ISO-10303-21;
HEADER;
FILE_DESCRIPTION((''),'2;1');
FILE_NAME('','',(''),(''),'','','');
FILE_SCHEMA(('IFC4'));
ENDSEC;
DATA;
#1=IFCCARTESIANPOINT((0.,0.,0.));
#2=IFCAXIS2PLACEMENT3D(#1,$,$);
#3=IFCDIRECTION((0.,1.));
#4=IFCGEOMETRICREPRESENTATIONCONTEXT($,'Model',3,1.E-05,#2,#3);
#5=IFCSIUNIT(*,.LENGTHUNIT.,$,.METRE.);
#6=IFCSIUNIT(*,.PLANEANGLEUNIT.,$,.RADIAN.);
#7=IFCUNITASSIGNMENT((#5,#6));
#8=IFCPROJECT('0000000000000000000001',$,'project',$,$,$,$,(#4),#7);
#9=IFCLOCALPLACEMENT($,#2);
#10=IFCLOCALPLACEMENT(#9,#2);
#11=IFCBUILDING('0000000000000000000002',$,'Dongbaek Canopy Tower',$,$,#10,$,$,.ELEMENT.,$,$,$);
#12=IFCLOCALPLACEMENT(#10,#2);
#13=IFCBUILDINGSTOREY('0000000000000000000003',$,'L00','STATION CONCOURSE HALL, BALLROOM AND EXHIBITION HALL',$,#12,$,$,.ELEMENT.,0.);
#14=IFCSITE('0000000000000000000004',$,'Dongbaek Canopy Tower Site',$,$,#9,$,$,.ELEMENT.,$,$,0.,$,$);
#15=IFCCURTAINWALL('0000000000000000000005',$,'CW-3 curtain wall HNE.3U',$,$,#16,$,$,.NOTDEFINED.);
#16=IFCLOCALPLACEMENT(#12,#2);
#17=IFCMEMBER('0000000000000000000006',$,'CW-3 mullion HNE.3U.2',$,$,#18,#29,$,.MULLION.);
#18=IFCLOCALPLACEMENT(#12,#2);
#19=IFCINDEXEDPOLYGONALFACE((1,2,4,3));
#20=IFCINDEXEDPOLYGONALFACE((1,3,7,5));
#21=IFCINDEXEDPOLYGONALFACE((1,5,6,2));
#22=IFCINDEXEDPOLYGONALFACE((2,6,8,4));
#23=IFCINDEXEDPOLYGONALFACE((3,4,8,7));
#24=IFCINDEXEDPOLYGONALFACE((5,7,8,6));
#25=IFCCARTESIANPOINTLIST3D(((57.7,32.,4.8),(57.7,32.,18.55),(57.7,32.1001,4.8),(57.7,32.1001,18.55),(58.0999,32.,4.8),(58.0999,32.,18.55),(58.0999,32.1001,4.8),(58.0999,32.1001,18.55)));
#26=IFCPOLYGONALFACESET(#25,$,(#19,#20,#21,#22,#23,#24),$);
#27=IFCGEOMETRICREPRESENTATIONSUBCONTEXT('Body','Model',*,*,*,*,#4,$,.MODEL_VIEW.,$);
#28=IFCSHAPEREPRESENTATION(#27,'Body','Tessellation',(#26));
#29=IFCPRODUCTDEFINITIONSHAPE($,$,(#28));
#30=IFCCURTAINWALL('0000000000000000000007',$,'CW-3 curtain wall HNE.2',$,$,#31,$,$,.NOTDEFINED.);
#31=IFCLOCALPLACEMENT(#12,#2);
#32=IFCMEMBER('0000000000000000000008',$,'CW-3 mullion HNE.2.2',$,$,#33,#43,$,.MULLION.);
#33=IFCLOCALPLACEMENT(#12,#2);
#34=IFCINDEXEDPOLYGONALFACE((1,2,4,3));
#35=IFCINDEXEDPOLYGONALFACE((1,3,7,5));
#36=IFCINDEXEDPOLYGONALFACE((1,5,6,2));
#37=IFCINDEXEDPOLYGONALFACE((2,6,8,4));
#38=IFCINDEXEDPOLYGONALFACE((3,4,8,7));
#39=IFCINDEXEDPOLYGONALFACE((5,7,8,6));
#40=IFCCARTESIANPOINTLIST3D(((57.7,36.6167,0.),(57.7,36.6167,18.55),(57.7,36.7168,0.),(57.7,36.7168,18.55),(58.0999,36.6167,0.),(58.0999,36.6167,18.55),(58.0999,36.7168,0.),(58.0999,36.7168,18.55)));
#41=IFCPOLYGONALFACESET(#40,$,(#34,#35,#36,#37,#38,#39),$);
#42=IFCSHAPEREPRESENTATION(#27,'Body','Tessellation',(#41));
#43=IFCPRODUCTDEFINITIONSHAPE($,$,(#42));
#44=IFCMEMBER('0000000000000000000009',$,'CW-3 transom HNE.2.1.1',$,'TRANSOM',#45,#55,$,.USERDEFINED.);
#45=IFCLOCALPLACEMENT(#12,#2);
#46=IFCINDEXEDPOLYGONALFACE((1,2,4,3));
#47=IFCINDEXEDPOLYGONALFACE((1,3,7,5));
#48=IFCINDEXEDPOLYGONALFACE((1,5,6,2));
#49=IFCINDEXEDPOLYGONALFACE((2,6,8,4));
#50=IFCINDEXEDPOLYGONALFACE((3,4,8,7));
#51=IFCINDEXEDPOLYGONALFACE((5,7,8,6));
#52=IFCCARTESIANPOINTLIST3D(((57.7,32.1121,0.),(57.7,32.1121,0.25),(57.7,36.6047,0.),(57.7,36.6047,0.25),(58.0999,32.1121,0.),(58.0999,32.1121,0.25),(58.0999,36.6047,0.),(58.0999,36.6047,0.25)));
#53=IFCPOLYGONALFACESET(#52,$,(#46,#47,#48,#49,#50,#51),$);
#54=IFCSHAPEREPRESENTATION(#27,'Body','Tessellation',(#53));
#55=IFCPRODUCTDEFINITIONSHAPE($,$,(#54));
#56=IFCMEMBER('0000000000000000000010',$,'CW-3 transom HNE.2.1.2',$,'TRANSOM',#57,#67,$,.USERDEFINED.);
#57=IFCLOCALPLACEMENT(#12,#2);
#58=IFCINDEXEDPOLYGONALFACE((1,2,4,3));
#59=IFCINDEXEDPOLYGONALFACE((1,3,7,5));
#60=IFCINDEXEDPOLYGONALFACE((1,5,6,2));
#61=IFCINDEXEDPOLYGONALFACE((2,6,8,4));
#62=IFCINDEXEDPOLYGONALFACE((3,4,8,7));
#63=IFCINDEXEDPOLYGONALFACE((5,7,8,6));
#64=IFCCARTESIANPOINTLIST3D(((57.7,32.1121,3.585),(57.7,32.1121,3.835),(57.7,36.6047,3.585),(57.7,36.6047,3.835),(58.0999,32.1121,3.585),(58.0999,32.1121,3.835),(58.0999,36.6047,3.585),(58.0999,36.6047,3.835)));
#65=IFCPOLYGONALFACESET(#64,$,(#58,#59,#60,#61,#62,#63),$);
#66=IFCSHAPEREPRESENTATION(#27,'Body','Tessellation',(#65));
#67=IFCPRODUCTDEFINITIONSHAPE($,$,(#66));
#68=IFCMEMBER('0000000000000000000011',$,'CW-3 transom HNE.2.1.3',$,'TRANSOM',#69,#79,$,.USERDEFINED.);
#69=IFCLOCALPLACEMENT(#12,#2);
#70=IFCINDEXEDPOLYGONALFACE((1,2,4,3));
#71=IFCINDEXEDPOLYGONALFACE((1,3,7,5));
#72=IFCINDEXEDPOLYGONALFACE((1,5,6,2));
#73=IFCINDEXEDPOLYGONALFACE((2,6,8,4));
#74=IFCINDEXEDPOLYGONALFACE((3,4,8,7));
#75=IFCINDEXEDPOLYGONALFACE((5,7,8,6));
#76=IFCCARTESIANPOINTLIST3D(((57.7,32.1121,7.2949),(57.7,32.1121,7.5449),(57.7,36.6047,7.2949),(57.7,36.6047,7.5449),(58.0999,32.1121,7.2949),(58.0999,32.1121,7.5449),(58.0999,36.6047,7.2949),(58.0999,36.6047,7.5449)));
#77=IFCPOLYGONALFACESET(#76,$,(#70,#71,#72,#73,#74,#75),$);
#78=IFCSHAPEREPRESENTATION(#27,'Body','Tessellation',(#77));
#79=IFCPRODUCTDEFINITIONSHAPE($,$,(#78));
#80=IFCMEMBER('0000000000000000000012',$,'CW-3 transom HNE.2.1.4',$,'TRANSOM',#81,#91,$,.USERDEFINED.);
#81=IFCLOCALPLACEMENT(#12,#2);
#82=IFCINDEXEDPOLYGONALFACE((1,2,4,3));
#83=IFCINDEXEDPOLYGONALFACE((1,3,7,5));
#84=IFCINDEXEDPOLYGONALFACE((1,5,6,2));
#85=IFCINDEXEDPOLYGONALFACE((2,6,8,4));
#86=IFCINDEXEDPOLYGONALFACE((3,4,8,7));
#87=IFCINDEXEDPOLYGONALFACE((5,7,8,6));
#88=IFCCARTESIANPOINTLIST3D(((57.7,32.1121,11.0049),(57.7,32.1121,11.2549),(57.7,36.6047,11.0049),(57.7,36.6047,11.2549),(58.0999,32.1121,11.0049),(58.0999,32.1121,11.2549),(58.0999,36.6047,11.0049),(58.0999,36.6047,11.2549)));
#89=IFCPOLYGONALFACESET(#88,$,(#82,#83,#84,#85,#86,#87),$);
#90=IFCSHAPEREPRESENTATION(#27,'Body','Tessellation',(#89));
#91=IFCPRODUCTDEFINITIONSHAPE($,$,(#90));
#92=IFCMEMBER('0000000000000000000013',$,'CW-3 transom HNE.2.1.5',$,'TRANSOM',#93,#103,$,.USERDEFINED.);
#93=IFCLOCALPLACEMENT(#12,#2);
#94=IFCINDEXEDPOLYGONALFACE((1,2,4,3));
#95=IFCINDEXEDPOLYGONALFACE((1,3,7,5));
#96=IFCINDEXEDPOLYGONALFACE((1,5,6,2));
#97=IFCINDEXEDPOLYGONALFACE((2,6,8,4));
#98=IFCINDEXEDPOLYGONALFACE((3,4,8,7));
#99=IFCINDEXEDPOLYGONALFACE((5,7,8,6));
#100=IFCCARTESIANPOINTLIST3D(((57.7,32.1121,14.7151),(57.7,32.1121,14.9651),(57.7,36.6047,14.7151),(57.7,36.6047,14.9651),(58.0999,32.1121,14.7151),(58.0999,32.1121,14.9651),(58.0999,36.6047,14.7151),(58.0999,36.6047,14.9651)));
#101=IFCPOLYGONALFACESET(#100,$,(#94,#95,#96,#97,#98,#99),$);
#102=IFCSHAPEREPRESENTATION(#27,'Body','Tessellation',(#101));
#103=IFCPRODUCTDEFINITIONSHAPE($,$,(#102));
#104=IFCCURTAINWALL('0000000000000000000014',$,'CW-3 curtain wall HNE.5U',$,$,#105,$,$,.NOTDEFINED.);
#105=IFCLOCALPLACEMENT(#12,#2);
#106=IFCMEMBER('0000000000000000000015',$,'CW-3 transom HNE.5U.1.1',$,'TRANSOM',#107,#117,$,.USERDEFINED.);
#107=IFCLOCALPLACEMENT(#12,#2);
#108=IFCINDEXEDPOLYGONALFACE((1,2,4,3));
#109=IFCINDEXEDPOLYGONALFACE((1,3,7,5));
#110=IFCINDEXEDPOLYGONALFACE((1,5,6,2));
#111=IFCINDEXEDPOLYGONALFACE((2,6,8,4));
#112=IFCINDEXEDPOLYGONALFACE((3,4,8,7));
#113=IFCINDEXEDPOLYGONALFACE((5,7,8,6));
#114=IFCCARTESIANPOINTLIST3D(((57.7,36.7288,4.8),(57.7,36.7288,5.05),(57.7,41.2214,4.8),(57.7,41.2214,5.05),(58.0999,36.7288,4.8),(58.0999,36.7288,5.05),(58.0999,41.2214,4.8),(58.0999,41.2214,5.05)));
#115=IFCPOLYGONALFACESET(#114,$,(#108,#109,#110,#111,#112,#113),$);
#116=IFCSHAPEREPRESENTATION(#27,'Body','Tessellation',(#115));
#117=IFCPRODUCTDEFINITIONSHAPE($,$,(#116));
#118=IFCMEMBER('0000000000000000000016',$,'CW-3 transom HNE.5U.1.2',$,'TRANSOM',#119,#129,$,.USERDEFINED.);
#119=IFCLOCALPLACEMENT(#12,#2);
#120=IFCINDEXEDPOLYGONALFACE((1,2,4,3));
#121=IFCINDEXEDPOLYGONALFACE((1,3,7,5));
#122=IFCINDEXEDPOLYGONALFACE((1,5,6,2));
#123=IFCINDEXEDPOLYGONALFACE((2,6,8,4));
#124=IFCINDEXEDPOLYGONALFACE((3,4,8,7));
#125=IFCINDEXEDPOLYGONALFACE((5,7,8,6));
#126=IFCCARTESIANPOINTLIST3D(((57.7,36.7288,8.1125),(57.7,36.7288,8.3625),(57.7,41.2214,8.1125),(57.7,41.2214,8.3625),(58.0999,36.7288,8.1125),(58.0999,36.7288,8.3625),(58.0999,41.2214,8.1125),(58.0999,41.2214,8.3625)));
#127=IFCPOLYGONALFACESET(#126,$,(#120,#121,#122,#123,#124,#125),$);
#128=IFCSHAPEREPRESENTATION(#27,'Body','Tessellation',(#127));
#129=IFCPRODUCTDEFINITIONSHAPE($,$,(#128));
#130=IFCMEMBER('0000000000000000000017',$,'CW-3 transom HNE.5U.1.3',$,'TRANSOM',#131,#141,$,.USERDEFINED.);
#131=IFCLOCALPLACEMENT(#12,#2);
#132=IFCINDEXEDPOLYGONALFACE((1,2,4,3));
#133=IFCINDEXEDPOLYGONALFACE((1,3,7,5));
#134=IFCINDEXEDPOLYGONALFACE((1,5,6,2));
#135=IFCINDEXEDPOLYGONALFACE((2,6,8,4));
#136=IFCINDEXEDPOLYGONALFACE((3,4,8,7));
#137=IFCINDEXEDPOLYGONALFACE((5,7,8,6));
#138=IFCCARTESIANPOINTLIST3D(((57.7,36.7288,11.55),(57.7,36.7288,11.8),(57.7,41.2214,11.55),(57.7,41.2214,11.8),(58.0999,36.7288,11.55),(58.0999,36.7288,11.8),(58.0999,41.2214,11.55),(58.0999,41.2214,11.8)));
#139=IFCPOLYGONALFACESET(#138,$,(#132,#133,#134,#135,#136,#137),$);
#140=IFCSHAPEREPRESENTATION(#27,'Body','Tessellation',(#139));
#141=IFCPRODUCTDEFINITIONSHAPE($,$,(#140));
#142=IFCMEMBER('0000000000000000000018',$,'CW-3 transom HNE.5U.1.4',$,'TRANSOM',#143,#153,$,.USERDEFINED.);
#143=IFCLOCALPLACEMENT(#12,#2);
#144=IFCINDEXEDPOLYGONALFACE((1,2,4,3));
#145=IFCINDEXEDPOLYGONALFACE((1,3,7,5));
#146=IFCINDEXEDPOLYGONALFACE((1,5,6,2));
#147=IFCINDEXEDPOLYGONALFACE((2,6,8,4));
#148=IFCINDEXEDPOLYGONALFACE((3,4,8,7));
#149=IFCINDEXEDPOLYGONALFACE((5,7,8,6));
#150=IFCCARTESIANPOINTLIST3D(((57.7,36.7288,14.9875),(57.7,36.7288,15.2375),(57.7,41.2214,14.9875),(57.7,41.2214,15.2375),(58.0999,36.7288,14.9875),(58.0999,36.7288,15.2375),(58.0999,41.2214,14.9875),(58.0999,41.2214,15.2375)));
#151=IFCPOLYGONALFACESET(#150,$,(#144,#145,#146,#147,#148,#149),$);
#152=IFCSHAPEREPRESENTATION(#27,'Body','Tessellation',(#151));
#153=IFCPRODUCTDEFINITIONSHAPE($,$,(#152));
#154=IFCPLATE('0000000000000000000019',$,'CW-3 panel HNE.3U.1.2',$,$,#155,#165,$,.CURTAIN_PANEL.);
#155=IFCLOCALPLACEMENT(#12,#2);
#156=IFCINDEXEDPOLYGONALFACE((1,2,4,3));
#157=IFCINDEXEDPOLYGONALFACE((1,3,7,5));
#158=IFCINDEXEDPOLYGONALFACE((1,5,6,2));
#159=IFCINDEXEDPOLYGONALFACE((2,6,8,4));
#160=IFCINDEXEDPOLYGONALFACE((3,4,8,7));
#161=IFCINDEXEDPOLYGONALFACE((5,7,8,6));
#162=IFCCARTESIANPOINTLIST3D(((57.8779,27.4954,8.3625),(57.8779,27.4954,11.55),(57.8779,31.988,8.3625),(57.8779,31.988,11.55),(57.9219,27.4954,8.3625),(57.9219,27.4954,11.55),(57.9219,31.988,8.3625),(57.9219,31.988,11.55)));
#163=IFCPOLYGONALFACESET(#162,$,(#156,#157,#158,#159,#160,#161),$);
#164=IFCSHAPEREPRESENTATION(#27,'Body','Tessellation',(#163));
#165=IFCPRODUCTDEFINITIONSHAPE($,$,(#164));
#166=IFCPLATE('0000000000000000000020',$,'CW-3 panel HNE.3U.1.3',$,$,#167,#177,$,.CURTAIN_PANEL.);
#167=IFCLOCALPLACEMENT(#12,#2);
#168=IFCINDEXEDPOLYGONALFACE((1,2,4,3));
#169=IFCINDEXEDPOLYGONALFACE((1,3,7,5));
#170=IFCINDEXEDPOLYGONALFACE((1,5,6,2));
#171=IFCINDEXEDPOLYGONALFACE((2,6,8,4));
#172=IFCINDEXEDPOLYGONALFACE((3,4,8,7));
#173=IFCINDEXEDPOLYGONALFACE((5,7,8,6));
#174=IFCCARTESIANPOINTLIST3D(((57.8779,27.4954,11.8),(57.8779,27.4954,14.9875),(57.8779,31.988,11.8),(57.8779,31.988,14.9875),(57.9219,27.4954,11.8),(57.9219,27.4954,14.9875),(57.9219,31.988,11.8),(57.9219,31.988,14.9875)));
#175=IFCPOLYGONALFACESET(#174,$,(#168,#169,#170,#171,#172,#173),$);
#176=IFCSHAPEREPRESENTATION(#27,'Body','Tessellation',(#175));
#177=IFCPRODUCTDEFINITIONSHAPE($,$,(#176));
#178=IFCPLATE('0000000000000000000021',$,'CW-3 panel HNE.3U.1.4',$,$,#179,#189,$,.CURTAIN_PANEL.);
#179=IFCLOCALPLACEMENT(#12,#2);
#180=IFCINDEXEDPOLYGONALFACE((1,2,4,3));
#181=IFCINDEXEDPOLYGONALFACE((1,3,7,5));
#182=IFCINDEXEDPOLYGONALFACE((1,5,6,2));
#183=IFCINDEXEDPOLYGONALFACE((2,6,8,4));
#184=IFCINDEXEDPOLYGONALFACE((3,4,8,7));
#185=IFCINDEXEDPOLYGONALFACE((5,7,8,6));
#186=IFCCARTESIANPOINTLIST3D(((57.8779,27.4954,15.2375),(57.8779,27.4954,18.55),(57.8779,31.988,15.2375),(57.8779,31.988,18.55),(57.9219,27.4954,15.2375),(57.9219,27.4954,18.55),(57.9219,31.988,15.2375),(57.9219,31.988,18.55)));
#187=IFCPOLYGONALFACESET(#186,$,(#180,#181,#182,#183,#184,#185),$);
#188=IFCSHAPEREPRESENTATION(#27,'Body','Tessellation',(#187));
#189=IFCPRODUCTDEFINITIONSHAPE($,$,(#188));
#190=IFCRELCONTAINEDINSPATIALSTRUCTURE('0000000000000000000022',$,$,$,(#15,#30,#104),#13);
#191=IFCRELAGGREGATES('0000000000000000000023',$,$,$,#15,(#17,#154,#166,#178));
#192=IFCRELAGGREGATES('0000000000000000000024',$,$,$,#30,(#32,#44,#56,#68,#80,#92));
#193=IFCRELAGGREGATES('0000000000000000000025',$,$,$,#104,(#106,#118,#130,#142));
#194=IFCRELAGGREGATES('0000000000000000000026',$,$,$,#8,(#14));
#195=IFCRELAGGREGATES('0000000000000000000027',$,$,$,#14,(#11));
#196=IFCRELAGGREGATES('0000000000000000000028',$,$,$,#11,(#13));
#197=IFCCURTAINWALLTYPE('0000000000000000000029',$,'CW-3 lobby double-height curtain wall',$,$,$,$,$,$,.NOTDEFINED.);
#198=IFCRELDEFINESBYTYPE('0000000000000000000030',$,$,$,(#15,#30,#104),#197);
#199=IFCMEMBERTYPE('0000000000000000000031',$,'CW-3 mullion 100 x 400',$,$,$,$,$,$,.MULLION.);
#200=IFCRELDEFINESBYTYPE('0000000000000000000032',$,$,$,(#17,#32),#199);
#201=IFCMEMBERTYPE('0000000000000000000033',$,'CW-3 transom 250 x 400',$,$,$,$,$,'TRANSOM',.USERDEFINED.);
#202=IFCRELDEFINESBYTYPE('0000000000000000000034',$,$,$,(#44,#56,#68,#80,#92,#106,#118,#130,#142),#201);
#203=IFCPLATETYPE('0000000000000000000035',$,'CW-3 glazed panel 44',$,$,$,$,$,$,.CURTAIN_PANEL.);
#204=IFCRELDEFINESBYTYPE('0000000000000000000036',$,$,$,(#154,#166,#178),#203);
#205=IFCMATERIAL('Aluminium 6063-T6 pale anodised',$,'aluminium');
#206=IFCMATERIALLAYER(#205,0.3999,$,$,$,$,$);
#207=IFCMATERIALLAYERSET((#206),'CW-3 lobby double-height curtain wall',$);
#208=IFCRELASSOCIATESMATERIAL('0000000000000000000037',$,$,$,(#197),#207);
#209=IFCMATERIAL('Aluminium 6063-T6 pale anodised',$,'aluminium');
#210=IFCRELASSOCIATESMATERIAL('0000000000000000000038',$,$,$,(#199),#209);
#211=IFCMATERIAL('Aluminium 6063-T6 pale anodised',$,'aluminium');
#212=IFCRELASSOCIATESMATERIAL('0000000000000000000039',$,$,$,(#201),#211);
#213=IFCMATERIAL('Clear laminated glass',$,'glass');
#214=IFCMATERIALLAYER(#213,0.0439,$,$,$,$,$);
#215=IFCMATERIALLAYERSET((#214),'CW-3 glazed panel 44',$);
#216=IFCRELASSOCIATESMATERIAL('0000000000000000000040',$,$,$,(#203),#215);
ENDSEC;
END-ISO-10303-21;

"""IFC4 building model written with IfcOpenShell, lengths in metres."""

from ifc_helpers import new_model, si_unit, direction, frame, origin, origin_2d, place, context, subcontext, project, spatial, rectangle, extrude, material, layer, layer_set, material_profile, profile_set, type_object, element, aggregate, save


model = new_model("IFC4")

# Units and contexts
model_context = context("Model", 3, precision=1e-05, world=origin(), true_north=direction((0.0, 1.0)))
body_context = subcontext(model_context, "Body", "Model", "MODEL_VIEW")
ifc_project = project(units=[si_unit("LENGTHUNIT", "METRE"), si_unit("PLANEANGLEUNIT", "RADIAN")], contexts=[model_context])

# Site, building, storey
site_placement = place(None, origin())
site = spatial("IfcSite", under=ifc_project, at=site_placement, Name="Dongbaek Canopy Tower Site", CompositionType="ELEMENT", RefElevation=0.0)
building_placement = place(site_placement, origin())
building = spatial("IfcBuilding", under=site, at=building_placement, Name="Dongbaek Canopy Tower", CompositionType="ELEMENT")
storey_placement = place(building_placement, origin())
storey = spatial("IfcBuildingStorey", under=building, at=storey_placement, Name="L00", Description="STATION CONCOURSE HALL, BALLROOM AND EXHIBITION HALL", CompositionType="ELEMENT", Elevation=0.0)

# Curtain wall, member
ifc_material_1 = material(Name="Aluminium 6063-T6 pale anodised", Category="aluminium")
ifc_layer_1 = layer(ifc_material_1, 0.3999)
ifc_layer_set_1 = layer_set([ifc_layer_1], Name="CW-3 lobby double-height curtain wall")
curtain_wall_type = type_object("IfcCurtainWallType", Name="CW-3 lobby double-height curtain wall", PredefinedType="NOTDEFINED", material=ifc_layer_set_1)
curtain_wall_1_placement = place(storey_placement, origin())
curtain_wall_1 = element("IfcCurtainWall", 1, at=curtain_wall_1_placement, inside=storey, type_object=curtain_wall_type, Name="CW-3 curtain wall HNE.3U", PredefinedType="NOTDEFINED")
ifc_material_2 = material(Name="Aluminium 6063-T6 pale anodised", Category="aluminium")
ifc_material_profile_1 = material_profile(ifc_material_2, rectangle(XDim=0.3999, YDim=0.1001, at=origin_2d()), Name="CW-3 mullion 100 x 400")
ifc_profile_set_1 = profile_set([ifc_material_profile_1], Name="Aluminium 6063-T6 pale anodised")
member_type_1 = type_object("IfcMemberType", Name="CW-3 mullion 100 x 400", PredefinedType="MULLION", material=ifc_profile_set_1)
member_1_placement = place(storey_placement, frame((57.8999, 32.05, 4.8), z_axis=(0.0, 0.0, 1.0), x_axis=(1.0, 0.0, 0.0)))
member_1 = element("IfcMember", 2, at=member_1_placement, type_object=member_type_1, Name="CW-3 mullion HNE.3U.2", PredefinedType="MULLION", context=body_context, shape_type="SweptSolid", body=[
    extrude(rectangle(XDim=0.3999, YDim=0.1001, at=origin_2d()), origin(), (0.0, 0.0, 1.0), 13.75),
])

# Curtain walls, members
curtain_wall_2_placement = place(storey_placement, origin())
curtain_wall_2 = element("IfcCurtainWall", 3, at=curtain_wall_2_placement, inside=storey, type_object=curtain_wall_type, Name="CW-3 curtain wall HNE.2", PredefinedType="NOTDEFINED")
member_2_placement = place(storey_placement, frame((57.8999, 36.6667, 0.0), z_axis=(0.0, 0.0, 1.0), x_axis=(1.0, 0.0, 0.0)))
member_2 = element("IfcMember", 4, at=member_2_placement, type_object=member_type_1, Name="CW-3 mullion HNE.2.2", PredefinedType="MULLION", context=body_context, shape_type="SweptSolid", body=[
    extrude(rectangle(XDim=0.3999, YDim=0.1001, at=origin_2d()), origin(), (0.0, 0.0, 1.0), 18.55),
])
ifc_material_3 = material(Name="Aluminium 6063-T6 pale anodised", Category="aluminium")
ifc_material_profile_2 = material_profile(ifc_material_3, rectangle(XDim=0.3999, YDim=0.25, at=origin_2d()), Name="CW-3 transom 250 x 400")
ifc_profile_set_2 = profile_set([ifc_material_profile_2], Name="Aluminium 6063-T6 pale anodised")
member_type_2 = type_object("IfcMemberType", Name="CW-3 transom 250 x 400", ElementType="TRANSOM", PredefinedType="USERDEFINED", material=ifc_profile_set_2)
member_3_placement = place(storey_placement, frame((57.8999, 32.1121, 0.125), z_axis=(0.0, 1.0, 0.0), x_axis=(-1.0, 0.0, 0.0)))
member_3 = element("IfcMember", 5, at=member_3_placement, type_object=member_type_2, Name="CW-3 transom HNE.2.1.1", ObjectType="TRANSOM", PredefinedType="USERDEFINED", context=body_context, shape_type="SweptSolid", body=[
    extrude(rectangle(XDim=0.3999, YDim=0.25, at=origin_2d()), origin(), (0.0, 0.0, 1.0), 4.4927),
])
member_4_placement = place(storey_placement, frame((57.8999, 32.1121, 3.71), z_axis=(0.0, 1.0, 0.0), x_axis=(-1.0, 0.0, 0.0)))
member_4 = element("IfcMember", 6, at=member_4_placement, type_object=member_type_2, Name="CW-3 transom HNE.2.1.2", ObjectType="TRANSOM", PredefinedType="USERDEFINED", context=body_context, shape_type="SweptSolid", body=[
    extrude(rectangle(XDim=0.3999, YDim=0.25, at=origin_2d()), origin(), (0.0, 0.0, 1.0), 4.4927),
])
member_5_placement = place(storey_placement, frame((57.8999, 32.1121, 7.4199), z_axis=(0.0, 1.0, 0.0), x_axis=(-1.0, 0.0, 0.0)))
member_5 = element("IfcMember", 7, at=member_5_placement, type_object=member_type_2, Name="CW-3 transom HNE.2.1.3", ObjectType="TRANSOM", PredefinedType="USERDEFINED", context=body_context, shape_type="SweptSolid", body=[
    extrude(rectangle(XDim=0.3999, YDim=0.25, at=origin_2d()), origin(), (0.0, 0.0, 1.0), 4.4927),
])
member_6_placement = place(storey_placement, frame((57.8999, 32.1121, 11.1299), z_axis=(0.0, 1.0, 0.0), x_axis=(-1.0, 0.0, 0.0)))
member_6 = element("IfcMember", 8, at=member_6_placement, type_object=member_type_2, Name="CW-3 transom HNE.2.1.4", ObjectType="TRANSOM", PredefinedType="USERDEFINED", context=body_context, shape_type="SweptSolid", body=[
    extrude(rectangle(XDim=0.3999, YDim=0.25, at=origin_2d()), origin(), (0.0, 0.0, 1.0), 4.4927),
])
member_7_placement = place(storey_placement, frame((57.8999, 32.1121, 14.8401), z_axis=(0.0, 1.0, 0.0), x_axis=(-1.0, 0.0, 0.0)))
member_7 = element("IfcMember", 9, at=member_7_placement, type_object=member_type_2, Name="CW-3 transom HNE.2.1.5", ObjectType="TRANSOM", PredefinedType="USERDEFINED", context=body_context, shape_type="SweptSolid", body=[
    extrude(rectangle(XDim=0.3999, YDim=0.25, at=origin_2d()), origin(), (0.0, 0.0, 1.0), 4.4927),
])
curtain_wall_3_placement = place(storey_placement, origin())
curtain_wall_3 = element("IfcCurtainWall", 10, at=curtain_wall_3_placement, inside=storey, type_object=curtain_wall_type, Name="CW-3 curtain wall HNE.5U", PredefinedType="NOTDEFINED")
member_8_placement = place(storey_placement, frame((57.8999, 36.7288, 4.925), z_axis=(0.0, 1.0, 0.0), x_axis=(-1.0, 0.0, 0.0)))
member_8 = element("IfcMember", 11, at=member_8_placement, type_object=member_type_2, Name="CW-3 transom HNE.5U.1.1", ObjectType="TRANSOM", PredefinedType="USERDEFINED", context=body_context, shape_type="SweptSolid", body=[
    extrude(rectangle(XDim=0.3999, YDim=0.25, at=origin_2d()), origin(), (0.0, 0.0, 1.0), 4.4927),
])
member_9_placement = place(storey_placement, frame((57.8999, 36.7288, 8.2375), z_axis=(0.0, 1.0, 0.0), x_axis=(-1.0, 0.0, 0.0)))
member_9 = element("IfcMember", 12, at=member_9_placement, type_object=member_type_2, Name="CW-3 transom HNE.5U.1.2", ObjectType="TRANSOM", PredefinedType="USERDEFINED", context=body_context, shape_type="SweptSolid", body=[
    extrude(rectangle(XDim=0.3999, YDim=0.25, at=origin_2d()), origin(), (0.0, 0.0, 1.0), 4.4927),
])
member_10_placement = place(storey_placement, frame((57.8999, 36.7288, 11.675), z_axis=(0.0, 1.0, 0.0), x_axis=(-1.0, 0.0, 0.0)))
member_10 = element("IfcMember", 13, at=member_10_placement, type_object=member_type_2, Name="CW-3 transom HNE.5U.1.3", ObjectType="TRANSOM", PredefinedType="USERDEFINED", context=body_context, shape_type="SweptSolid", body=[
    extrude(rectangle(XDim=0.3999, YDim=0.25, at=origin_2d()), origin(), (0.0, 0.0, 1.0), 4.4927),
])
member_11_placement = place(storey_placement, frame((57.8999, 36.7288, 15.1125), z_axis=(0.0, 1.0, 0.0), x_axis=(-1.0, 0.0, 0.0)))
member_11 = element("IfcMember", 14, at=member_11_placement, type_object=member_type_2, Name="CW-3 transom HNE.5U.1.4", ObjectType="TRANSOM", PredefinedType="USERDEFINED", context=body_context, shape_type="SweptSolid", body=[
    extrude(rectangle(XDim=0.3999, YDim=0.25, at=origin_2d()), origin(), (0.0, 0.0, 1.0), 4.4927),
])

# Plates
ifc_material_4 = material(Name="Clear laminated glass", Category="glass")
ifc_layer_2 = layer(ifc_material_4, 0.0439)
ifc_layer_set_2 = layer_set([ifc_layer_2], Name="CW-3 glazed panel 44")
plate_type = type_object("IfcPlateType", Name="CW-3 glazed panel 44", PredefinedType="CURTAIN_PANEL", material=ifc_layer_set_2)
plate_1_placement = place(storey_placement, frame((57.8999, 29.7417, 8.3625), z_axis=(0.0, 0.0, 1.0), x_axis=(0.0, 1.0, 0.0)))
plate_1 = element("IfcPlate", 15, at=plate_1_placement, type_object=plate_type, Name="CW-3 panel HNE.3U.1.2", PredefinedType="CURTAIN_PANEL", context=body_context, shape_type="SweptSolid", body=[
    extrude(rectangle(XDim=4.4927, YDim=0.0439, at=origin_2d()), origin(), (0.0, 0.0, 1.0), 3.1875),
])
plate_2_placement = place(storey_placement, frame((57.8999, 29.7417, 11.8), z_axis=(0.0, 0.0, 1.0), x_axis=(0.0, 1.0, 0.0)))
plate_2 = element("IfcPlate", 16, at=plate_2_placement, type_object=plate_type, Name="CW-3 panel HNE.3U.1.3", PredefinedType="CURTAIN_PANEL", context=body_context, shape_type="SweptSolid", body=[
    extrude(rectangle(XDim=4.4927, YDim=0.0439, at=origin_2d()), origin(), (0.0, 0.0, 1.0), 3.1875),
])
plate_3_placement = place(storey_placement, frame((57.8999, 29.7417, 15.2375), z_axis=(0.0, 0.0, 1.0), x_axis=(0.0, 1.0, 0.0)))
plate_3 = element("IfcPlate", 17, at=plate_3_placement, type_object=plate_type, Name="CW-3 panel HNE.3U.1.4", PredefinedType="CURTAIN_PANEL", context=body_context, shape_type="SweptSolid", body=[
    extrude(rectangle(XDim=4.4927, YDim=0.0439, at=origin_2d()), origin(), (0.0, 0.0, 1.0), 3.3125),
])
aggregate(curtain_wall_1, [member_1, plate_1, plate_2, plate_3])
aggregate(curtain_wall_2, [member_2, member_3, member_4, member_5, member_6, member_7])
aggregate(curtain_wall_3, [member_8, member_9, member_10, member_11])

save(model, "model.ifc")
